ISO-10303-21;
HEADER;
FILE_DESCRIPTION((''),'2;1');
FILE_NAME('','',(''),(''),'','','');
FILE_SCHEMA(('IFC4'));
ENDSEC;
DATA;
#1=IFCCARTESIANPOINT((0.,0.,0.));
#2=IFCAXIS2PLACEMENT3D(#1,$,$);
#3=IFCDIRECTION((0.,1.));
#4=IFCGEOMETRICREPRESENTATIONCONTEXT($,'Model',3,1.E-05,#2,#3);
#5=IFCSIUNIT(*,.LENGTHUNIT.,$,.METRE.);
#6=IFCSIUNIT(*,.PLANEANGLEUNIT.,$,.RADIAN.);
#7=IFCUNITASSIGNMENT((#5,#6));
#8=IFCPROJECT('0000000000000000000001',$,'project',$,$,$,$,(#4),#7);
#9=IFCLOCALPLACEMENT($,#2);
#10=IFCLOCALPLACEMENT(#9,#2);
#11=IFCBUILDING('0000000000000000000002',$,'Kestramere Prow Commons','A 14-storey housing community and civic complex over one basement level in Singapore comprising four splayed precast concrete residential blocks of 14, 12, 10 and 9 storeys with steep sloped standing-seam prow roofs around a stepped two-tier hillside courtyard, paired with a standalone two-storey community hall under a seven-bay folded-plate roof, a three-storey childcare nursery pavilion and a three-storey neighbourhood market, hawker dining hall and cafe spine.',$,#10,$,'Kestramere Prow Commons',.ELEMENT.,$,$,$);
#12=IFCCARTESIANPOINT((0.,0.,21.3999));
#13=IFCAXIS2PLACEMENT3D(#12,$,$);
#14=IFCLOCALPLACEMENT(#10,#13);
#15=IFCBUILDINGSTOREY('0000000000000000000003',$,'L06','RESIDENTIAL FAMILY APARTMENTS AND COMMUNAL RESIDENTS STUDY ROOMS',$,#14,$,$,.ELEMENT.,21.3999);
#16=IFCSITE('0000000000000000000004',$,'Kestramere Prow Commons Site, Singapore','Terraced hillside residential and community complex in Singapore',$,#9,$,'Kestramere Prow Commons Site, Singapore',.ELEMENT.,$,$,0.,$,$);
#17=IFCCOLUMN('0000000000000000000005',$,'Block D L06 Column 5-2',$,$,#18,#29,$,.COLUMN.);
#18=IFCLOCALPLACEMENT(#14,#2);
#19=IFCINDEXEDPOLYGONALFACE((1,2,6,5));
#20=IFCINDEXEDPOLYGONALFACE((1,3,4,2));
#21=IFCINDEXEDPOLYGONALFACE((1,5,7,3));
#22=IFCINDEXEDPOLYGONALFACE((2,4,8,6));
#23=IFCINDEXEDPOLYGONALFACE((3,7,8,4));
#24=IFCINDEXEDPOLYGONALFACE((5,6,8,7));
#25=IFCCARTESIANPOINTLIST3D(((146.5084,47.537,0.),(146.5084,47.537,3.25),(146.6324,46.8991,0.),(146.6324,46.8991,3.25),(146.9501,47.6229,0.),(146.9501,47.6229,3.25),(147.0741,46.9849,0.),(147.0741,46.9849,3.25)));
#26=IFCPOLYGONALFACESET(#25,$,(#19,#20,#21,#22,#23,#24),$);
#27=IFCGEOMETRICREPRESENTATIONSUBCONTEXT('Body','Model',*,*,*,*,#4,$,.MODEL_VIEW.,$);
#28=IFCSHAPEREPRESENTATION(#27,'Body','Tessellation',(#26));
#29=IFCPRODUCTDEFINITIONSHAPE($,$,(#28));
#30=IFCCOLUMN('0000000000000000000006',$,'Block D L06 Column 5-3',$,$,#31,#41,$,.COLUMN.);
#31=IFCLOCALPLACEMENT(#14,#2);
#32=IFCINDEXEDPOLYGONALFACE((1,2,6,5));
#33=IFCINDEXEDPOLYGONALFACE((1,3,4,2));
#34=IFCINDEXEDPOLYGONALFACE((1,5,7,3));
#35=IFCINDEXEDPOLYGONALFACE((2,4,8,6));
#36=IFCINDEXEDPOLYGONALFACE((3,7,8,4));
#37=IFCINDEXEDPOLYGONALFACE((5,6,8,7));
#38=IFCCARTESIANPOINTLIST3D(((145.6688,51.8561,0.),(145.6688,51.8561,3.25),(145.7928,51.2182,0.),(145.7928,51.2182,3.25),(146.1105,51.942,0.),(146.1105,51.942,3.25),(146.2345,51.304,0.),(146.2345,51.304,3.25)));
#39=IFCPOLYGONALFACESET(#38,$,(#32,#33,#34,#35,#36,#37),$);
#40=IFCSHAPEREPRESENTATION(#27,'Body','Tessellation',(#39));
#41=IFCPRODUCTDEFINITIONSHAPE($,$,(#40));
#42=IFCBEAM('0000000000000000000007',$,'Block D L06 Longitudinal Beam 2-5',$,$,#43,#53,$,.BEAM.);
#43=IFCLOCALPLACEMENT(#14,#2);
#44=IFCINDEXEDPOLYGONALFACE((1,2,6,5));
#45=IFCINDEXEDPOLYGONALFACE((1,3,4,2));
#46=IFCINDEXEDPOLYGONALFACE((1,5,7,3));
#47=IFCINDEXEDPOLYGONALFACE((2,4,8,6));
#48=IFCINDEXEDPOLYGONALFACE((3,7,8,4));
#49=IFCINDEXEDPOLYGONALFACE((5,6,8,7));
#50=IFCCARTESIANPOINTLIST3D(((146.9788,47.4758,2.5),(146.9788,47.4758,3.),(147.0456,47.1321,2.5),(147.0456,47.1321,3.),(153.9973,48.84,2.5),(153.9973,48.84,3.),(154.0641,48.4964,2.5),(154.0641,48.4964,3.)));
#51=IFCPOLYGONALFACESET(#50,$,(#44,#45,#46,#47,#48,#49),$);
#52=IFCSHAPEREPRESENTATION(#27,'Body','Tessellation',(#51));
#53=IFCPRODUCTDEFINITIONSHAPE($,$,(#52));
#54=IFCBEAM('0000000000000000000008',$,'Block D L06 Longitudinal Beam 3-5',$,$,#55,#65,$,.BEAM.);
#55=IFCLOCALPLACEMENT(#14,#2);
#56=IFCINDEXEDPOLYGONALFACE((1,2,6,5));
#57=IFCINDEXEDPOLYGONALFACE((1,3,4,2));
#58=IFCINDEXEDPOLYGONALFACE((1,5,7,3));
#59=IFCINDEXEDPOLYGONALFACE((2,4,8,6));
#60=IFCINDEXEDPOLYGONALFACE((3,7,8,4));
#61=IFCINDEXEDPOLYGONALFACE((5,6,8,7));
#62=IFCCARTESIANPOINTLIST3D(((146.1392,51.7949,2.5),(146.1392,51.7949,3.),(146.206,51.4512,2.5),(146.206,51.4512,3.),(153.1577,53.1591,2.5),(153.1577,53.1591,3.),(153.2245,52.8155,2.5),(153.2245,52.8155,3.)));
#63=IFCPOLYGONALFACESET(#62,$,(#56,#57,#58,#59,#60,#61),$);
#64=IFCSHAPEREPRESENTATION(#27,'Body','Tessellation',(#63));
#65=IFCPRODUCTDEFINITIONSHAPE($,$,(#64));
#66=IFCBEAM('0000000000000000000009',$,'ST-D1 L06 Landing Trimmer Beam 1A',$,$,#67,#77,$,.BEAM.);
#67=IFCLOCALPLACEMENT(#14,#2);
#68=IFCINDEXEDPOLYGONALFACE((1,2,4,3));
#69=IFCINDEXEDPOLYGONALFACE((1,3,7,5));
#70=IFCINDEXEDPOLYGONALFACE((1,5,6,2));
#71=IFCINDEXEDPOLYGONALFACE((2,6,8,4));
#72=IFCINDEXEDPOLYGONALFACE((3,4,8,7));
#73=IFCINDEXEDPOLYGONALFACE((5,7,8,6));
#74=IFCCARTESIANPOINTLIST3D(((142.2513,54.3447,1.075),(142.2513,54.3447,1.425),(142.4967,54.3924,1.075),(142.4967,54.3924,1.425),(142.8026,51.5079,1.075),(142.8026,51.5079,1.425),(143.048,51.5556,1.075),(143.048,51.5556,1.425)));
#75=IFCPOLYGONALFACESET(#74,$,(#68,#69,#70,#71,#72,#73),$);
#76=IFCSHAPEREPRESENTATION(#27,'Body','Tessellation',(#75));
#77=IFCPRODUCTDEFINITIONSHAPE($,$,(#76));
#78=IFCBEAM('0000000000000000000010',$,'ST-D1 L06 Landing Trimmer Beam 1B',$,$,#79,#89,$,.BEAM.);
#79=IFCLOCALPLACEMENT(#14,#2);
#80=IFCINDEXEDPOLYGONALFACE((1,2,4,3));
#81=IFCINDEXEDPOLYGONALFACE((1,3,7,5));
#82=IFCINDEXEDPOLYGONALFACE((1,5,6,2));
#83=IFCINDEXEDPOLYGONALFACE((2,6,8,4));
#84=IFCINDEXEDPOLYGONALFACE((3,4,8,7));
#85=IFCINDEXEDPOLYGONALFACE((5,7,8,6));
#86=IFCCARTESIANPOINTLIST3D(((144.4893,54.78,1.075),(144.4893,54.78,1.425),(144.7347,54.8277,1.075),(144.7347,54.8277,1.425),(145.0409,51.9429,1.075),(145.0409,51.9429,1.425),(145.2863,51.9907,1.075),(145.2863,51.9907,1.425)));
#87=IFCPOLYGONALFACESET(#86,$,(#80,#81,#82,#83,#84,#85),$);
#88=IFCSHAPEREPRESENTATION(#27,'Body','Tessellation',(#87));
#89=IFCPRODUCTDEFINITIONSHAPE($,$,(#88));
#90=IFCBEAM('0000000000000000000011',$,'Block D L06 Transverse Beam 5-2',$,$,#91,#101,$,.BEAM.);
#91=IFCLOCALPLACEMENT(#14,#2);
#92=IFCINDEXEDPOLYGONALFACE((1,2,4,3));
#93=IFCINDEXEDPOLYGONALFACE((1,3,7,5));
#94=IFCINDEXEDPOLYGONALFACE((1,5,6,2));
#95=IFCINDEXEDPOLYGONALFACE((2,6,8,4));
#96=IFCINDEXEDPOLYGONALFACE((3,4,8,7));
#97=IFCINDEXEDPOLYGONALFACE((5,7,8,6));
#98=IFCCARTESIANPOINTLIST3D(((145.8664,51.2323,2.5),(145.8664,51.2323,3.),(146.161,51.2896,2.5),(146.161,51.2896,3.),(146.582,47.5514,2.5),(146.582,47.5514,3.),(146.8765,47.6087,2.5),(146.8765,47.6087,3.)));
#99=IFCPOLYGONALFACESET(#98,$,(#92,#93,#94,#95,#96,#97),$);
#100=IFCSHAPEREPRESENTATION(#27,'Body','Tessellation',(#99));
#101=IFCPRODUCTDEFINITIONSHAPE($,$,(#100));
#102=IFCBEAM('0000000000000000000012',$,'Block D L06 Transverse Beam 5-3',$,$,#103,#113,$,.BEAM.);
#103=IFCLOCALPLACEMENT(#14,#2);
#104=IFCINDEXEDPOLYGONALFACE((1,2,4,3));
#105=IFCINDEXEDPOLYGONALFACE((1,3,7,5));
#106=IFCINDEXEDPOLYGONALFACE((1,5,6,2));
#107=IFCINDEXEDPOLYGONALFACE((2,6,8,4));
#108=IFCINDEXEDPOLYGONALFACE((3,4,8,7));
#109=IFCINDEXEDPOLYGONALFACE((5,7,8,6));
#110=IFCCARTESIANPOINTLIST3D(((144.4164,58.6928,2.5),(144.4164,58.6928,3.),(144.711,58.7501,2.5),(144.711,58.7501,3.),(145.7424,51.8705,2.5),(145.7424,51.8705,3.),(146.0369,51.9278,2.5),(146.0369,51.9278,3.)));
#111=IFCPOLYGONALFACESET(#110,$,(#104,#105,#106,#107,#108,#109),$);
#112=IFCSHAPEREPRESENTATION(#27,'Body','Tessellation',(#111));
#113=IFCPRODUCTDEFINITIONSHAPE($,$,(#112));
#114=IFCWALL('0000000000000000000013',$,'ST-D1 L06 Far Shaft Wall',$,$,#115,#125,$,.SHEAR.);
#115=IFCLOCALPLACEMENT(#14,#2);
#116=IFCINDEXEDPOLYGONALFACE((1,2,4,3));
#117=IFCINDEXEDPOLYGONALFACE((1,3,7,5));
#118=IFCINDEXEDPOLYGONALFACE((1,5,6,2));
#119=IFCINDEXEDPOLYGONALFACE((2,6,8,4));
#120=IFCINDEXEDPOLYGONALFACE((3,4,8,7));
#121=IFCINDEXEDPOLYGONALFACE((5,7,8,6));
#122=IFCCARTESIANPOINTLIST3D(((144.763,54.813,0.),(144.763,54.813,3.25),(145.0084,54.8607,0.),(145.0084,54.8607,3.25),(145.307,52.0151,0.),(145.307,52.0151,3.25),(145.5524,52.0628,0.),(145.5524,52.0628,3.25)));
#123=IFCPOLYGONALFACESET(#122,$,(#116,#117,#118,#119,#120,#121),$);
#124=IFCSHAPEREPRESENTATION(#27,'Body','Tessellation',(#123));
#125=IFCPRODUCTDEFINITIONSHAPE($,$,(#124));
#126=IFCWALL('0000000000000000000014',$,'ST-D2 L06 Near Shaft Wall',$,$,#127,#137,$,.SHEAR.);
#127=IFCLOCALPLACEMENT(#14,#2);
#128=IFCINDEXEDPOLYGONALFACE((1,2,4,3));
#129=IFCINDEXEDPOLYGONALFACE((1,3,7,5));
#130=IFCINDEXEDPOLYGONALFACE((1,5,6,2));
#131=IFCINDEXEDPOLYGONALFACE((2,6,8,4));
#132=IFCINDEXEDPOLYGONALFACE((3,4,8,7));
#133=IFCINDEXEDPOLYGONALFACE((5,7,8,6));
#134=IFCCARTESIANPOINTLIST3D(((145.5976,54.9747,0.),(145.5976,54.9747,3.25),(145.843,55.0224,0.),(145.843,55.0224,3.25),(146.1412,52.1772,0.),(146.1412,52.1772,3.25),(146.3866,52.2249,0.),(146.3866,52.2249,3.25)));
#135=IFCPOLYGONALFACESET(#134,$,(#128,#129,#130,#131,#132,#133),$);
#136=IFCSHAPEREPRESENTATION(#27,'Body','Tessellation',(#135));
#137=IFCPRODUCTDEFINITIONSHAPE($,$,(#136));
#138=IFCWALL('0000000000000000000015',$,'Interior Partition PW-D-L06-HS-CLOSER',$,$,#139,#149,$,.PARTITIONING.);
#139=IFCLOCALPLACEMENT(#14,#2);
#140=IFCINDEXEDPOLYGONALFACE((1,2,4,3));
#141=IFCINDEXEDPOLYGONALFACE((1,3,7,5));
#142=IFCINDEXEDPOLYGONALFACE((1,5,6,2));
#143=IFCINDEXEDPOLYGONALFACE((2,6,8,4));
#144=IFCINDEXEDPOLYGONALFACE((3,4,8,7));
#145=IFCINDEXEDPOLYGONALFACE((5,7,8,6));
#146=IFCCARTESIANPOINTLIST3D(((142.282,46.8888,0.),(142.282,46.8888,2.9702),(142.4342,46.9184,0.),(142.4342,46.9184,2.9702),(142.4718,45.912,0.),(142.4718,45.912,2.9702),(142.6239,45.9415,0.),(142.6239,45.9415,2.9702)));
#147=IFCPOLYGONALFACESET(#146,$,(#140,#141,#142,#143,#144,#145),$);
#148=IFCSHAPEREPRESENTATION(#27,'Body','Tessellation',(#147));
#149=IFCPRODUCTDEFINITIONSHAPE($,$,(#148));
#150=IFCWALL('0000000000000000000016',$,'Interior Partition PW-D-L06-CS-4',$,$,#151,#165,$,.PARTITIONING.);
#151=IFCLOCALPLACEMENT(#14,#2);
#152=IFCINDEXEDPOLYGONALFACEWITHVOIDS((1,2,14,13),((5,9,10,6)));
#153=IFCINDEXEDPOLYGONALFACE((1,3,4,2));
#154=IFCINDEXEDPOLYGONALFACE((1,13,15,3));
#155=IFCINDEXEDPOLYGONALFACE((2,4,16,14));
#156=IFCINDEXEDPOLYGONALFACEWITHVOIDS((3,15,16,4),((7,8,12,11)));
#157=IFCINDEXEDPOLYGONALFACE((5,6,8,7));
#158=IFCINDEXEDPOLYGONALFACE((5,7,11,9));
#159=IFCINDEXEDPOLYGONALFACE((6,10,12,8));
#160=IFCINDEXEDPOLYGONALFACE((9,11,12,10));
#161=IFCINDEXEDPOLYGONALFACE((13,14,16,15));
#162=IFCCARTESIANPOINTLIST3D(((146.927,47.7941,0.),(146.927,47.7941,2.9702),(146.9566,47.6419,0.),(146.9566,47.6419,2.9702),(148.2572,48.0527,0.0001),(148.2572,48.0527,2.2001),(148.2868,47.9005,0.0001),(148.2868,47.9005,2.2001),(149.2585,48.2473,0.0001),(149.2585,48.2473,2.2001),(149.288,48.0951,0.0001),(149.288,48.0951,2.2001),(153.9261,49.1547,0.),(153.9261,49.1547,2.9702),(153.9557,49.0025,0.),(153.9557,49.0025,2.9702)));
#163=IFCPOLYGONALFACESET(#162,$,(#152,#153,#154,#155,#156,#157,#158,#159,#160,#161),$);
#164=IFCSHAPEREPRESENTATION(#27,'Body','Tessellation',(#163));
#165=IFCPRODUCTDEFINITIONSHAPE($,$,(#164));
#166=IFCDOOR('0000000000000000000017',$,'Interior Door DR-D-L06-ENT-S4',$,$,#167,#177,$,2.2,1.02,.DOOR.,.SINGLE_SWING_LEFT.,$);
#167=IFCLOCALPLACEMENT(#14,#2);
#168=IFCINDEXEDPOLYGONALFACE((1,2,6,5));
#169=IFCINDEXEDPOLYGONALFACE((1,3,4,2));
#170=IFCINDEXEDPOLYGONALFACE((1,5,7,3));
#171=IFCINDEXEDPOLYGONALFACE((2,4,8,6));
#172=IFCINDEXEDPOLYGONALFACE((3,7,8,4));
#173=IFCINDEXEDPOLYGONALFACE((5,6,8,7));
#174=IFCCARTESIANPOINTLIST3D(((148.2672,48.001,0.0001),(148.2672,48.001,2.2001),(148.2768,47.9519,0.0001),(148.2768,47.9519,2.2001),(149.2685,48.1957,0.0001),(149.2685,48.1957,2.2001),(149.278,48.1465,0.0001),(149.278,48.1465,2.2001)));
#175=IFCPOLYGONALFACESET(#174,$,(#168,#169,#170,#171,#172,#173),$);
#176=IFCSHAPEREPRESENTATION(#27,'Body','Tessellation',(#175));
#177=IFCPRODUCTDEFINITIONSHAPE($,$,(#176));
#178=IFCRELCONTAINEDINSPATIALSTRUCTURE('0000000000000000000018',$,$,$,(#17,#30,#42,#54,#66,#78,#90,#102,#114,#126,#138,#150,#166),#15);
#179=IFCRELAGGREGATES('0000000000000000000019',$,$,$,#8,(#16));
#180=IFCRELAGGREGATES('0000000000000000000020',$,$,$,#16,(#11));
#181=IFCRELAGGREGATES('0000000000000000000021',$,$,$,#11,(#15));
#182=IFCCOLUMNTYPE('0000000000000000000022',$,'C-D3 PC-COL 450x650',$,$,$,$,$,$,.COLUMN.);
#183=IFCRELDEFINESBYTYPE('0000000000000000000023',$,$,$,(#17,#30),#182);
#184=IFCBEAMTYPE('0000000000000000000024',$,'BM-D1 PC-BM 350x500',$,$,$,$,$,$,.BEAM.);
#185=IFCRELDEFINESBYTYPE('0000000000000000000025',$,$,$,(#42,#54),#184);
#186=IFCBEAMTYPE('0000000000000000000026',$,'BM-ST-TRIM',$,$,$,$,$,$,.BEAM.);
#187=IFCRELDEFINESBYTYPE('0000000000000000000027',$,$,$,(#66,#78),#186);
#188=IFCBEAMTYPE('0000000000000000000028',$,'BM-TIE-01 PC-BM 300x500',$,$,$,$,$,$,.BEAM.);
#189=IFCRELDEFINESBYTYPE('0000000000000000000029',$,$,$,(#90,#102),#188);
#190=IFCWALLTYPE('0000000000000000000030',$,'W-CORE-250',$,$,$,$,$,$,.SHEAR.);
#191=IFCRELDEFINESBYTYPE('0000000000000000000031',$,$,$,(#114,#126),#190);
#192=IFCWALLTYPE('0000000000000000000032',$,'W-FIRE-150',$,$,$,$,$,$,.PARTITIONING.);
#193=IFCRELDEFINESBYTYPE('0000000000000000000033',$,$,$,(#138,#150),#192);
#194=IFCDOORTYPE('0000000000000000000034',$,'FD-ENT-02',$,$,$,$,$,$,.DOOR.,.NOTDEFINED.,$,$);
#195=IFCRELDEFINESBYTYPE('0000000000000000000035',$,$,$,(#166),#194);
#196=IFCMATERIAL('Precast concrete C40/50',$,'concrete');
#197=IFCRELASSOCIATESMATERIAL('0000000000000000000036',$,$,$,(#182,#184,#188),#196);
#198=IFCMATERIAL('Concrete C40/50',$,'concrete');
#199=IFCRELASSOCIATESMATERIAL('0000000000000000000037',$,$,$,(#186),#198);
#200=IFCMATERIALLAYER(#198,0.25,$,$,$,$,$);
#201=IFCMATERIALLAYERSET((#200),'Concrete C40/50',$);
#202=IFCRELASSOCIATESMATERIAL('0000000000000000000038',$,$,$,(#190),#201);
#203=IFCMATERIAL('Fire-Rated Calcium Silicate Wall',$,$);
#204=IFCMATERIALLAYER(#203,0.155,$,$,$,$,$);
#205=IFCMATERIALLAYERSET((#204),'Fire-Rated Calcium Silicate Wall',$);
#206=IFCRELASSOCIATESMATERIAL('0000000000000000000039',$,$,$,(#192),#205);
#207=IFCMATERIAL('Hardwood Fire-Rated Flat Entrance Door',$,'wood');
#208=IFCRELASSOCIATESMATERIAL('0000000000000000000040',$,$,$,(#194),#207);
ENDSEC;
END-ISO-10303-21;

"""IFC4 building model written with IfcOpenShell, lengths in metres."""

from ifc_helpers import new_model, si_unit, direction, frame, frame_2d, origin, origin_2d, place, context, subcontext, project, spatial, rectangle, extrude, material, layer, layer_set, material_profile, profile_set, type_object, element, fill, save


model = new_model("IFC4")

# Units and contexts
model_context = context("Model", 3, precision=1e-05, world=origin(), true_north=direction((0.0, 1.0)))
body_context = subcontext(model_context, "Body", "Model", "MODEL_VIEW")
ifc_project = project(units=[si_unit("LENGTHUNIT", "METRE"), si_unit("PLANEANGLEUNIT", "RADIAN")], contexts=[model_context])

# Site, building, storey
site_placement = place(None, origin())
site = spatial("IfcSite", under=ifc_project, at=site_placement, Name="Kestramere Prow Commons Site, Singapore", Description="Terraced hillside residential and community complex in Singapore", LongName="Kestramere Prow Commons Site, Singapore", CompositionType="ELEMENT", RefElevation=0.0)
building_placement = place(site_placement, origin())
building = spatial("IfcBuilding", under=site, at=building_placement, Name="Kestramere Prow Commons", Description="A 14-storey housing community and civic complex over one basement level in Singapore comprising four splayed precast concrete residential blocks of 14, 12, 10 and 9 storeys with steep sloped standing-seam prow roofs around a stepped two-tier hillside courtyard, paired with a standalone two-storey community hall under a seven-bay folded-plate roof, a three-storey childcare nursery pavilion and a three-storey neighbourhood market, hawker dining hall and cafe spine.", LongName="Kestramere Prow Commons", CompositionType="ELEMENT")
storey_placement = place(building_placement, frame((0.0, 0.0, 21.3999)))
storey = spatial("IfcBuildingStorey", under=building, at=storey_placement, Name="L06", Description="RESIDENTIAL FAMILY APARTMENTS AND COMMUNAL RESIDENTS STUDY ROOMS", CompositionType="ELEMENT", Elevation=21.3999)

# Columns
ifc_material_1 = material(Name="Precast concrete C40/50", Category="concrete")
ifc_material_profile_1 = material_profile(ifc_material_1, rectangle(XDim=0.45, YDim=0.6499, at=origin_2d()), Name="PC-COL 450x650")
ifc_profile_set_1 = profile_set([ifc_material_profile_1], Name="Precast concrete C40/50")
column_type = type_object("IfcColumnType", Name="C-D3 PC-COL 450x650", PredefinedType="COLUMN", material=ifc_profile_set_1)
for number, where, z_axis, x_axis, name in (
    (1, (146.7913, 47.261, 0.0), (0.0, 0.0, 1.0), (0.981627, 0.190809, 0.0), "Block D L06 Column 5-2"),
    (2, (145.9517, 51.5801, 0.0), (0.0, 0.0, 1.0), (0.981627, 0.190809, 0.0), "Block D L06 Column 5-3"),
):
    element("IfcColumn", number, at=place(storey_placement, frame(where, z_axis=z_axis, x_axis=x_axis)), inside=storey, type_object=column_type, Name=name, PredefinedType="COLUMN", context=body_context, shape_type="SweptSolid", body=[
        extrude(rectangle(XDim=0.45, YDim=0.6499, at=origin_2d()), origin(), (0.0, 0.0, 1.0), 3.25),
    ])

# Beams
ifc_material_profile_2 = material_profile(ifc_material_1, rectangle(XDim=0.3501, YDim=0.5, at=origin_2d()), Name="PC-BM 350x500")
ifc_profile_set_2 = profile_set([ifc_material_profile_2], Name="Precast concrete C40/50")
beam_type_1 = type_object("IfcBeamType", Name="BM-D1 PC-BM 350x500", PredefinedType="BEAM", material=ifc_profile_set_2)
for number, where, z_axis, x_axis, name in (
    (3, (147.0122, 47.304, 2.75), (0.981627, 0.190808, 0.0), (-0.190808, 0.981627, 0.0), "Block D L06 Longitudinal Beam 2-5"),
    (4, (146.1726, 51.623, 2.75), (0.981627, 0.190808, 0.0), (-0.190808, 0.981627, 0.0), "Block D L06 Longitudinal Beam 3-5"),
):
    element("IfcBeam", number, at=place(storey_placement, frame(where, z_axis=z_axis, x_axis=x_axis)), inside=storey, type_object=beam_type_1, Name=name, PredefinedType="BEAM", context=body_context, shape_type="SweptSolid", body=[
        extrude(rectangle(XDim=0.3501, YDim=0.5, at=origin_2d()), origin(), (0.0, 0.0, 1.0), 7.1499),
    ])
ifc_material_2 = material(Name="Concrete C40/50", Category="concrete")
ifc_material_profile_3 = material_profile(ifc_material_2, rectangle(XDim=0.25, YDim=0.3501, at=origin_2d()), Name="PC-BM 250x350")
ifc_profile_set_3 = profile_set([ifc_material_profile_3], Name="Concrete C40/50")
beam_type_2 = type_object("IfcBeamType", Name="BM-ST-TRIM", PredefinedType="BEAM", material=ifc_profile_set_3)
beam_1_placement = place(storey_placement, frame((142.9253, 51.5317, 1.25), z_axis=(-0.190752, 0.981638, 0.0), x_axis=(-0.981638, -0.190752, 0.0)))
element("IfcBeam", 5, at=beam_1_placement, inside=storey, type_object=beam_type_2, Name="ST-D1 L06 Landing Trimmer Beam 1A", PredefinedType="BEAM", context=body_context, shape_type="SweptSolid", body=[
    extrude(rectangle(XDim=0.25, YDim=0.3501, at=origin_2d()), origin(), (0.0, 0.0, 1.0), 2.8899),
])
beam_2_placement = place(storey_placement, frame((145.1636, 51.9668, 1.25), z_axis=(-0.190833, 0.981622, 0.0), x_axis=(-0.981622, -0.190833, 0.0)))
element("IfcBeam", 6, at=beam_2_placement, inside=storey, type_object=beam_type_2, Name="ST-D1 L06 Landing Trimmer Beam 1B", PredefinedType="BEAM", context=body_context, shape_type="SweptSolid", body=[
    extrude(rectangle(XDim=0.25, YDim=0.3501, at=origin_2d()), origin(), (0.0, 0.0, 1.0), 2.8901),
])
ifc_material_profile_4 = material_profile(ifc_material_1, rectangle(XDim=0.3, YDim=0.5, at=origin_2d()), Name="PC-BM 300x500")
ifc_profile_set_4 = profile_set([ifc_material_profile_4], Name="Precast concrete C40/50")
beam_type_3 = type_object("IfcBeamType", Name="BM-TIE-01 PC-BM 300x500", PredefinedType="BEAM", material=ifc_profile_set_4)
beam_3_placement = place(storey_placement, frame((146.7292, 47.5801, 2.75), z_axis=(-0.19083, 0.981623, 0.0), x_axis=(-0.981623, -0.19083, 0.0)))
element("IfcBeam", 7, at=beam_3_placement, inside=storey, type_object=beam_type_3, Name="Block D L06 Transverse Beam 5-2", PredefinedType="BEAM", context=body_context, shape_type="SweptSolid", body=[
    extrude(rectangle(XDim=0.3, YDim=0.5, at=origin_2d()), origin(), (0.0, 0.0, 1.0), 3.7498),
])
beam_4_placement = place(storey_placement, frame((145.8896, 51.8992, 2.75), z_axis=(-0.190783, 0.981632, 0.0), x_axis=(-0.981632, -0.190783, 0.0)))
element("IfcBeam", 8, at=beam_4_placement, inside=storey, type_object=beam_type_3, Name="Block D L06 Transverse Beam 5-3", PredefinedType="BEAM", context=body_context, shape_type="SweptSolid", body=[
    extrude(rectangle(XDim=0.3, YDim=0.5, at=origin_2d()), origin(), (0.0, 0.0, 1.0), 6.95),
])

# Wall
ifc_layer_1 = layer(ifc_material_2, 0.25)
ifc_layer_set_1 = layer_set([ifc_layer_1], Name="Concrete C40/50")
wall_type_1 = type_object("IfcWallType", Name="W-CORE-250", PredefinedType="SHEAR", material=ifc_layer_set_1)
wall_1_placement = place(storey_placement, frame((145.4297, 52.0388, 0.0), z_axis=(0.0, 0.0, 1.0), x_axis=(-0.190842, 0.981621, 0.0)))
element("IfcWall", 9, at=wall_1_placement, inside=storey, type_object=wall_type_1, Name="ST-D1 L06 Far Shaft Wall", PredefinedType="SHEAR", context=body_context, shape_type="SweptSolid", body=[
    extrude(rectangle(XDim=2.8503, YDim=0.25, at=frame_2d((1.4253, 0.0))), origin(), (0.0, 0.0, 1.0), 3.25),
])

# Walls
wall_2_placement = place(storey_placement, frame((146.2639, 52.2012, 0.0), z_axis=(0.0, 0.0, 1.0), x_axis=(-0.190776, 0.981634, 0.0)))
element("IfcWall", 10, at=wall_2_placement, inside=storey, type_object=wall_type_1, Name="ST-D2 L06 Near Shaft Wall", PredefinedType="SHEAR", context=body_context, shape_type="SweptSolid", body=[
    extrude(rectangle(XDim=2.8499, YDim=0.25, at=frame_2d((1.4248, 0.0))), origin(), (0.0, 0.0, 1.0), 3.25),
])
ifc_material_3 = material(Name="Fire-Rated Calcium Silicate Wall")
ifc_layer_2 = layer(ifc_material_3, 0.155)
ifc_layer_set_2 = layer_set([ifc_layer_2], Name="Fire-Rated Calcium Silicate Wall")
wall_type_2 = type_object("IfcWallType", Name="W-FIRE-150", PredefinedType="PARTITIONING", material=ifc_layer_set_2)
wall_3_placement = place(storey_placement, frame((142.5479, 45.9268, 0.0), z_axis=(0.0, 0.0, 1.0), x_axis=(-0.19064, 0.98166, 0.0)))
element("IfcWall", 11, at=wall_3_placement, inside=storey, type_object=wall_type_2, Name="Interior Partition PW-D-L06-HS-CLOSER", PredefinedType="PARTITIONING", context=body_context, shape_type="SweptSolid", body=[
    extrude(rectangle(XDim=0.9951, YDim=0.155, at=frame_2d((0.4976, 0.0))), origin(), (0.0, 0.0, 1.0), 2.9702),
])

# Wall, opening, door
ifc_material_4 = material(Name="Hardwood Fire-Rated Flat Entrance Door", Category="wood")
wall_4_placement = place(storey_placement, frame((146.9419, 47.718, 0.0), z_axis=(0.0, 0.0, 1.0), x_axis=(0.981624, 0.190826, 0.0)))
wall_4 = element("IfcWall", 12, at=wall_4_placement, inside=storey, type_object=wall_type_2, Name="Interior Partition PW-D-L06-CS-4", PredefinedType="PARTITIONING", context=body_context, shape_type="SweptSolid", body=[
    extrude(rectangle(XDim=7.1301, YDim=0.155, at=frame_2d((3.5649, 0.0))), origin(), (0.0, 0.0, 1.0), 2.9702),
])
opening_1_placement = place(wall_4_placement, frame((1.355, 0.0, 0.0)))
opening_1 = element("IfcOpeningElement", 13, at=opening_1_placement, cuts=wall_4, PredefinedType="OPENING", context=body_context, shape_type="SweptSolid", body=[
    extrude(rectangle(XDim=1.02, YDim=2.2, at=frame_2d((0.51, 1.1001))), frame((0.0, 0.0925, 0.0), z_axis=(0.0, -1.0, 0.0), x_axis=(1.0, 0.0, 0.0)), (0.0, 0.0, 1.0), 0.1851),
])
door_type_1 = type_object("IfcDoorType", Name="FD-ENT-02", OperationType="NOTDEFINED", PredefinedType="DOOR", material=ifc_material_4)
door_1_placement = place(opening_1_placement, origin())
door_1 = element("IfcDoor", 14, at=door_1_placement, inside=storey, type_object=door_type_1, Name="Interior Door DR-D-L06-ENT-S4", OperationType="SINGLE_SWING_LEFT", OverallHeight=2.2, OverallWidth=1.02, PredefinedType="DOOR", context=body_context, shape_type="SweptSolid", body=[
    extrude(rectangle(XDim=1.02, YDim=2.2, at=frame_2d((0.51, 1.1001))), frame((0.0, 0.0249, 0.0), z_axis=(0.0, -1.0, 0.0), x_axis=(1.0, 0.0, 0.0)), (0.0, 0.0, 1.0), 0.05),
])
fill(opening_1, door_1)

save(model, "model.ifc")
